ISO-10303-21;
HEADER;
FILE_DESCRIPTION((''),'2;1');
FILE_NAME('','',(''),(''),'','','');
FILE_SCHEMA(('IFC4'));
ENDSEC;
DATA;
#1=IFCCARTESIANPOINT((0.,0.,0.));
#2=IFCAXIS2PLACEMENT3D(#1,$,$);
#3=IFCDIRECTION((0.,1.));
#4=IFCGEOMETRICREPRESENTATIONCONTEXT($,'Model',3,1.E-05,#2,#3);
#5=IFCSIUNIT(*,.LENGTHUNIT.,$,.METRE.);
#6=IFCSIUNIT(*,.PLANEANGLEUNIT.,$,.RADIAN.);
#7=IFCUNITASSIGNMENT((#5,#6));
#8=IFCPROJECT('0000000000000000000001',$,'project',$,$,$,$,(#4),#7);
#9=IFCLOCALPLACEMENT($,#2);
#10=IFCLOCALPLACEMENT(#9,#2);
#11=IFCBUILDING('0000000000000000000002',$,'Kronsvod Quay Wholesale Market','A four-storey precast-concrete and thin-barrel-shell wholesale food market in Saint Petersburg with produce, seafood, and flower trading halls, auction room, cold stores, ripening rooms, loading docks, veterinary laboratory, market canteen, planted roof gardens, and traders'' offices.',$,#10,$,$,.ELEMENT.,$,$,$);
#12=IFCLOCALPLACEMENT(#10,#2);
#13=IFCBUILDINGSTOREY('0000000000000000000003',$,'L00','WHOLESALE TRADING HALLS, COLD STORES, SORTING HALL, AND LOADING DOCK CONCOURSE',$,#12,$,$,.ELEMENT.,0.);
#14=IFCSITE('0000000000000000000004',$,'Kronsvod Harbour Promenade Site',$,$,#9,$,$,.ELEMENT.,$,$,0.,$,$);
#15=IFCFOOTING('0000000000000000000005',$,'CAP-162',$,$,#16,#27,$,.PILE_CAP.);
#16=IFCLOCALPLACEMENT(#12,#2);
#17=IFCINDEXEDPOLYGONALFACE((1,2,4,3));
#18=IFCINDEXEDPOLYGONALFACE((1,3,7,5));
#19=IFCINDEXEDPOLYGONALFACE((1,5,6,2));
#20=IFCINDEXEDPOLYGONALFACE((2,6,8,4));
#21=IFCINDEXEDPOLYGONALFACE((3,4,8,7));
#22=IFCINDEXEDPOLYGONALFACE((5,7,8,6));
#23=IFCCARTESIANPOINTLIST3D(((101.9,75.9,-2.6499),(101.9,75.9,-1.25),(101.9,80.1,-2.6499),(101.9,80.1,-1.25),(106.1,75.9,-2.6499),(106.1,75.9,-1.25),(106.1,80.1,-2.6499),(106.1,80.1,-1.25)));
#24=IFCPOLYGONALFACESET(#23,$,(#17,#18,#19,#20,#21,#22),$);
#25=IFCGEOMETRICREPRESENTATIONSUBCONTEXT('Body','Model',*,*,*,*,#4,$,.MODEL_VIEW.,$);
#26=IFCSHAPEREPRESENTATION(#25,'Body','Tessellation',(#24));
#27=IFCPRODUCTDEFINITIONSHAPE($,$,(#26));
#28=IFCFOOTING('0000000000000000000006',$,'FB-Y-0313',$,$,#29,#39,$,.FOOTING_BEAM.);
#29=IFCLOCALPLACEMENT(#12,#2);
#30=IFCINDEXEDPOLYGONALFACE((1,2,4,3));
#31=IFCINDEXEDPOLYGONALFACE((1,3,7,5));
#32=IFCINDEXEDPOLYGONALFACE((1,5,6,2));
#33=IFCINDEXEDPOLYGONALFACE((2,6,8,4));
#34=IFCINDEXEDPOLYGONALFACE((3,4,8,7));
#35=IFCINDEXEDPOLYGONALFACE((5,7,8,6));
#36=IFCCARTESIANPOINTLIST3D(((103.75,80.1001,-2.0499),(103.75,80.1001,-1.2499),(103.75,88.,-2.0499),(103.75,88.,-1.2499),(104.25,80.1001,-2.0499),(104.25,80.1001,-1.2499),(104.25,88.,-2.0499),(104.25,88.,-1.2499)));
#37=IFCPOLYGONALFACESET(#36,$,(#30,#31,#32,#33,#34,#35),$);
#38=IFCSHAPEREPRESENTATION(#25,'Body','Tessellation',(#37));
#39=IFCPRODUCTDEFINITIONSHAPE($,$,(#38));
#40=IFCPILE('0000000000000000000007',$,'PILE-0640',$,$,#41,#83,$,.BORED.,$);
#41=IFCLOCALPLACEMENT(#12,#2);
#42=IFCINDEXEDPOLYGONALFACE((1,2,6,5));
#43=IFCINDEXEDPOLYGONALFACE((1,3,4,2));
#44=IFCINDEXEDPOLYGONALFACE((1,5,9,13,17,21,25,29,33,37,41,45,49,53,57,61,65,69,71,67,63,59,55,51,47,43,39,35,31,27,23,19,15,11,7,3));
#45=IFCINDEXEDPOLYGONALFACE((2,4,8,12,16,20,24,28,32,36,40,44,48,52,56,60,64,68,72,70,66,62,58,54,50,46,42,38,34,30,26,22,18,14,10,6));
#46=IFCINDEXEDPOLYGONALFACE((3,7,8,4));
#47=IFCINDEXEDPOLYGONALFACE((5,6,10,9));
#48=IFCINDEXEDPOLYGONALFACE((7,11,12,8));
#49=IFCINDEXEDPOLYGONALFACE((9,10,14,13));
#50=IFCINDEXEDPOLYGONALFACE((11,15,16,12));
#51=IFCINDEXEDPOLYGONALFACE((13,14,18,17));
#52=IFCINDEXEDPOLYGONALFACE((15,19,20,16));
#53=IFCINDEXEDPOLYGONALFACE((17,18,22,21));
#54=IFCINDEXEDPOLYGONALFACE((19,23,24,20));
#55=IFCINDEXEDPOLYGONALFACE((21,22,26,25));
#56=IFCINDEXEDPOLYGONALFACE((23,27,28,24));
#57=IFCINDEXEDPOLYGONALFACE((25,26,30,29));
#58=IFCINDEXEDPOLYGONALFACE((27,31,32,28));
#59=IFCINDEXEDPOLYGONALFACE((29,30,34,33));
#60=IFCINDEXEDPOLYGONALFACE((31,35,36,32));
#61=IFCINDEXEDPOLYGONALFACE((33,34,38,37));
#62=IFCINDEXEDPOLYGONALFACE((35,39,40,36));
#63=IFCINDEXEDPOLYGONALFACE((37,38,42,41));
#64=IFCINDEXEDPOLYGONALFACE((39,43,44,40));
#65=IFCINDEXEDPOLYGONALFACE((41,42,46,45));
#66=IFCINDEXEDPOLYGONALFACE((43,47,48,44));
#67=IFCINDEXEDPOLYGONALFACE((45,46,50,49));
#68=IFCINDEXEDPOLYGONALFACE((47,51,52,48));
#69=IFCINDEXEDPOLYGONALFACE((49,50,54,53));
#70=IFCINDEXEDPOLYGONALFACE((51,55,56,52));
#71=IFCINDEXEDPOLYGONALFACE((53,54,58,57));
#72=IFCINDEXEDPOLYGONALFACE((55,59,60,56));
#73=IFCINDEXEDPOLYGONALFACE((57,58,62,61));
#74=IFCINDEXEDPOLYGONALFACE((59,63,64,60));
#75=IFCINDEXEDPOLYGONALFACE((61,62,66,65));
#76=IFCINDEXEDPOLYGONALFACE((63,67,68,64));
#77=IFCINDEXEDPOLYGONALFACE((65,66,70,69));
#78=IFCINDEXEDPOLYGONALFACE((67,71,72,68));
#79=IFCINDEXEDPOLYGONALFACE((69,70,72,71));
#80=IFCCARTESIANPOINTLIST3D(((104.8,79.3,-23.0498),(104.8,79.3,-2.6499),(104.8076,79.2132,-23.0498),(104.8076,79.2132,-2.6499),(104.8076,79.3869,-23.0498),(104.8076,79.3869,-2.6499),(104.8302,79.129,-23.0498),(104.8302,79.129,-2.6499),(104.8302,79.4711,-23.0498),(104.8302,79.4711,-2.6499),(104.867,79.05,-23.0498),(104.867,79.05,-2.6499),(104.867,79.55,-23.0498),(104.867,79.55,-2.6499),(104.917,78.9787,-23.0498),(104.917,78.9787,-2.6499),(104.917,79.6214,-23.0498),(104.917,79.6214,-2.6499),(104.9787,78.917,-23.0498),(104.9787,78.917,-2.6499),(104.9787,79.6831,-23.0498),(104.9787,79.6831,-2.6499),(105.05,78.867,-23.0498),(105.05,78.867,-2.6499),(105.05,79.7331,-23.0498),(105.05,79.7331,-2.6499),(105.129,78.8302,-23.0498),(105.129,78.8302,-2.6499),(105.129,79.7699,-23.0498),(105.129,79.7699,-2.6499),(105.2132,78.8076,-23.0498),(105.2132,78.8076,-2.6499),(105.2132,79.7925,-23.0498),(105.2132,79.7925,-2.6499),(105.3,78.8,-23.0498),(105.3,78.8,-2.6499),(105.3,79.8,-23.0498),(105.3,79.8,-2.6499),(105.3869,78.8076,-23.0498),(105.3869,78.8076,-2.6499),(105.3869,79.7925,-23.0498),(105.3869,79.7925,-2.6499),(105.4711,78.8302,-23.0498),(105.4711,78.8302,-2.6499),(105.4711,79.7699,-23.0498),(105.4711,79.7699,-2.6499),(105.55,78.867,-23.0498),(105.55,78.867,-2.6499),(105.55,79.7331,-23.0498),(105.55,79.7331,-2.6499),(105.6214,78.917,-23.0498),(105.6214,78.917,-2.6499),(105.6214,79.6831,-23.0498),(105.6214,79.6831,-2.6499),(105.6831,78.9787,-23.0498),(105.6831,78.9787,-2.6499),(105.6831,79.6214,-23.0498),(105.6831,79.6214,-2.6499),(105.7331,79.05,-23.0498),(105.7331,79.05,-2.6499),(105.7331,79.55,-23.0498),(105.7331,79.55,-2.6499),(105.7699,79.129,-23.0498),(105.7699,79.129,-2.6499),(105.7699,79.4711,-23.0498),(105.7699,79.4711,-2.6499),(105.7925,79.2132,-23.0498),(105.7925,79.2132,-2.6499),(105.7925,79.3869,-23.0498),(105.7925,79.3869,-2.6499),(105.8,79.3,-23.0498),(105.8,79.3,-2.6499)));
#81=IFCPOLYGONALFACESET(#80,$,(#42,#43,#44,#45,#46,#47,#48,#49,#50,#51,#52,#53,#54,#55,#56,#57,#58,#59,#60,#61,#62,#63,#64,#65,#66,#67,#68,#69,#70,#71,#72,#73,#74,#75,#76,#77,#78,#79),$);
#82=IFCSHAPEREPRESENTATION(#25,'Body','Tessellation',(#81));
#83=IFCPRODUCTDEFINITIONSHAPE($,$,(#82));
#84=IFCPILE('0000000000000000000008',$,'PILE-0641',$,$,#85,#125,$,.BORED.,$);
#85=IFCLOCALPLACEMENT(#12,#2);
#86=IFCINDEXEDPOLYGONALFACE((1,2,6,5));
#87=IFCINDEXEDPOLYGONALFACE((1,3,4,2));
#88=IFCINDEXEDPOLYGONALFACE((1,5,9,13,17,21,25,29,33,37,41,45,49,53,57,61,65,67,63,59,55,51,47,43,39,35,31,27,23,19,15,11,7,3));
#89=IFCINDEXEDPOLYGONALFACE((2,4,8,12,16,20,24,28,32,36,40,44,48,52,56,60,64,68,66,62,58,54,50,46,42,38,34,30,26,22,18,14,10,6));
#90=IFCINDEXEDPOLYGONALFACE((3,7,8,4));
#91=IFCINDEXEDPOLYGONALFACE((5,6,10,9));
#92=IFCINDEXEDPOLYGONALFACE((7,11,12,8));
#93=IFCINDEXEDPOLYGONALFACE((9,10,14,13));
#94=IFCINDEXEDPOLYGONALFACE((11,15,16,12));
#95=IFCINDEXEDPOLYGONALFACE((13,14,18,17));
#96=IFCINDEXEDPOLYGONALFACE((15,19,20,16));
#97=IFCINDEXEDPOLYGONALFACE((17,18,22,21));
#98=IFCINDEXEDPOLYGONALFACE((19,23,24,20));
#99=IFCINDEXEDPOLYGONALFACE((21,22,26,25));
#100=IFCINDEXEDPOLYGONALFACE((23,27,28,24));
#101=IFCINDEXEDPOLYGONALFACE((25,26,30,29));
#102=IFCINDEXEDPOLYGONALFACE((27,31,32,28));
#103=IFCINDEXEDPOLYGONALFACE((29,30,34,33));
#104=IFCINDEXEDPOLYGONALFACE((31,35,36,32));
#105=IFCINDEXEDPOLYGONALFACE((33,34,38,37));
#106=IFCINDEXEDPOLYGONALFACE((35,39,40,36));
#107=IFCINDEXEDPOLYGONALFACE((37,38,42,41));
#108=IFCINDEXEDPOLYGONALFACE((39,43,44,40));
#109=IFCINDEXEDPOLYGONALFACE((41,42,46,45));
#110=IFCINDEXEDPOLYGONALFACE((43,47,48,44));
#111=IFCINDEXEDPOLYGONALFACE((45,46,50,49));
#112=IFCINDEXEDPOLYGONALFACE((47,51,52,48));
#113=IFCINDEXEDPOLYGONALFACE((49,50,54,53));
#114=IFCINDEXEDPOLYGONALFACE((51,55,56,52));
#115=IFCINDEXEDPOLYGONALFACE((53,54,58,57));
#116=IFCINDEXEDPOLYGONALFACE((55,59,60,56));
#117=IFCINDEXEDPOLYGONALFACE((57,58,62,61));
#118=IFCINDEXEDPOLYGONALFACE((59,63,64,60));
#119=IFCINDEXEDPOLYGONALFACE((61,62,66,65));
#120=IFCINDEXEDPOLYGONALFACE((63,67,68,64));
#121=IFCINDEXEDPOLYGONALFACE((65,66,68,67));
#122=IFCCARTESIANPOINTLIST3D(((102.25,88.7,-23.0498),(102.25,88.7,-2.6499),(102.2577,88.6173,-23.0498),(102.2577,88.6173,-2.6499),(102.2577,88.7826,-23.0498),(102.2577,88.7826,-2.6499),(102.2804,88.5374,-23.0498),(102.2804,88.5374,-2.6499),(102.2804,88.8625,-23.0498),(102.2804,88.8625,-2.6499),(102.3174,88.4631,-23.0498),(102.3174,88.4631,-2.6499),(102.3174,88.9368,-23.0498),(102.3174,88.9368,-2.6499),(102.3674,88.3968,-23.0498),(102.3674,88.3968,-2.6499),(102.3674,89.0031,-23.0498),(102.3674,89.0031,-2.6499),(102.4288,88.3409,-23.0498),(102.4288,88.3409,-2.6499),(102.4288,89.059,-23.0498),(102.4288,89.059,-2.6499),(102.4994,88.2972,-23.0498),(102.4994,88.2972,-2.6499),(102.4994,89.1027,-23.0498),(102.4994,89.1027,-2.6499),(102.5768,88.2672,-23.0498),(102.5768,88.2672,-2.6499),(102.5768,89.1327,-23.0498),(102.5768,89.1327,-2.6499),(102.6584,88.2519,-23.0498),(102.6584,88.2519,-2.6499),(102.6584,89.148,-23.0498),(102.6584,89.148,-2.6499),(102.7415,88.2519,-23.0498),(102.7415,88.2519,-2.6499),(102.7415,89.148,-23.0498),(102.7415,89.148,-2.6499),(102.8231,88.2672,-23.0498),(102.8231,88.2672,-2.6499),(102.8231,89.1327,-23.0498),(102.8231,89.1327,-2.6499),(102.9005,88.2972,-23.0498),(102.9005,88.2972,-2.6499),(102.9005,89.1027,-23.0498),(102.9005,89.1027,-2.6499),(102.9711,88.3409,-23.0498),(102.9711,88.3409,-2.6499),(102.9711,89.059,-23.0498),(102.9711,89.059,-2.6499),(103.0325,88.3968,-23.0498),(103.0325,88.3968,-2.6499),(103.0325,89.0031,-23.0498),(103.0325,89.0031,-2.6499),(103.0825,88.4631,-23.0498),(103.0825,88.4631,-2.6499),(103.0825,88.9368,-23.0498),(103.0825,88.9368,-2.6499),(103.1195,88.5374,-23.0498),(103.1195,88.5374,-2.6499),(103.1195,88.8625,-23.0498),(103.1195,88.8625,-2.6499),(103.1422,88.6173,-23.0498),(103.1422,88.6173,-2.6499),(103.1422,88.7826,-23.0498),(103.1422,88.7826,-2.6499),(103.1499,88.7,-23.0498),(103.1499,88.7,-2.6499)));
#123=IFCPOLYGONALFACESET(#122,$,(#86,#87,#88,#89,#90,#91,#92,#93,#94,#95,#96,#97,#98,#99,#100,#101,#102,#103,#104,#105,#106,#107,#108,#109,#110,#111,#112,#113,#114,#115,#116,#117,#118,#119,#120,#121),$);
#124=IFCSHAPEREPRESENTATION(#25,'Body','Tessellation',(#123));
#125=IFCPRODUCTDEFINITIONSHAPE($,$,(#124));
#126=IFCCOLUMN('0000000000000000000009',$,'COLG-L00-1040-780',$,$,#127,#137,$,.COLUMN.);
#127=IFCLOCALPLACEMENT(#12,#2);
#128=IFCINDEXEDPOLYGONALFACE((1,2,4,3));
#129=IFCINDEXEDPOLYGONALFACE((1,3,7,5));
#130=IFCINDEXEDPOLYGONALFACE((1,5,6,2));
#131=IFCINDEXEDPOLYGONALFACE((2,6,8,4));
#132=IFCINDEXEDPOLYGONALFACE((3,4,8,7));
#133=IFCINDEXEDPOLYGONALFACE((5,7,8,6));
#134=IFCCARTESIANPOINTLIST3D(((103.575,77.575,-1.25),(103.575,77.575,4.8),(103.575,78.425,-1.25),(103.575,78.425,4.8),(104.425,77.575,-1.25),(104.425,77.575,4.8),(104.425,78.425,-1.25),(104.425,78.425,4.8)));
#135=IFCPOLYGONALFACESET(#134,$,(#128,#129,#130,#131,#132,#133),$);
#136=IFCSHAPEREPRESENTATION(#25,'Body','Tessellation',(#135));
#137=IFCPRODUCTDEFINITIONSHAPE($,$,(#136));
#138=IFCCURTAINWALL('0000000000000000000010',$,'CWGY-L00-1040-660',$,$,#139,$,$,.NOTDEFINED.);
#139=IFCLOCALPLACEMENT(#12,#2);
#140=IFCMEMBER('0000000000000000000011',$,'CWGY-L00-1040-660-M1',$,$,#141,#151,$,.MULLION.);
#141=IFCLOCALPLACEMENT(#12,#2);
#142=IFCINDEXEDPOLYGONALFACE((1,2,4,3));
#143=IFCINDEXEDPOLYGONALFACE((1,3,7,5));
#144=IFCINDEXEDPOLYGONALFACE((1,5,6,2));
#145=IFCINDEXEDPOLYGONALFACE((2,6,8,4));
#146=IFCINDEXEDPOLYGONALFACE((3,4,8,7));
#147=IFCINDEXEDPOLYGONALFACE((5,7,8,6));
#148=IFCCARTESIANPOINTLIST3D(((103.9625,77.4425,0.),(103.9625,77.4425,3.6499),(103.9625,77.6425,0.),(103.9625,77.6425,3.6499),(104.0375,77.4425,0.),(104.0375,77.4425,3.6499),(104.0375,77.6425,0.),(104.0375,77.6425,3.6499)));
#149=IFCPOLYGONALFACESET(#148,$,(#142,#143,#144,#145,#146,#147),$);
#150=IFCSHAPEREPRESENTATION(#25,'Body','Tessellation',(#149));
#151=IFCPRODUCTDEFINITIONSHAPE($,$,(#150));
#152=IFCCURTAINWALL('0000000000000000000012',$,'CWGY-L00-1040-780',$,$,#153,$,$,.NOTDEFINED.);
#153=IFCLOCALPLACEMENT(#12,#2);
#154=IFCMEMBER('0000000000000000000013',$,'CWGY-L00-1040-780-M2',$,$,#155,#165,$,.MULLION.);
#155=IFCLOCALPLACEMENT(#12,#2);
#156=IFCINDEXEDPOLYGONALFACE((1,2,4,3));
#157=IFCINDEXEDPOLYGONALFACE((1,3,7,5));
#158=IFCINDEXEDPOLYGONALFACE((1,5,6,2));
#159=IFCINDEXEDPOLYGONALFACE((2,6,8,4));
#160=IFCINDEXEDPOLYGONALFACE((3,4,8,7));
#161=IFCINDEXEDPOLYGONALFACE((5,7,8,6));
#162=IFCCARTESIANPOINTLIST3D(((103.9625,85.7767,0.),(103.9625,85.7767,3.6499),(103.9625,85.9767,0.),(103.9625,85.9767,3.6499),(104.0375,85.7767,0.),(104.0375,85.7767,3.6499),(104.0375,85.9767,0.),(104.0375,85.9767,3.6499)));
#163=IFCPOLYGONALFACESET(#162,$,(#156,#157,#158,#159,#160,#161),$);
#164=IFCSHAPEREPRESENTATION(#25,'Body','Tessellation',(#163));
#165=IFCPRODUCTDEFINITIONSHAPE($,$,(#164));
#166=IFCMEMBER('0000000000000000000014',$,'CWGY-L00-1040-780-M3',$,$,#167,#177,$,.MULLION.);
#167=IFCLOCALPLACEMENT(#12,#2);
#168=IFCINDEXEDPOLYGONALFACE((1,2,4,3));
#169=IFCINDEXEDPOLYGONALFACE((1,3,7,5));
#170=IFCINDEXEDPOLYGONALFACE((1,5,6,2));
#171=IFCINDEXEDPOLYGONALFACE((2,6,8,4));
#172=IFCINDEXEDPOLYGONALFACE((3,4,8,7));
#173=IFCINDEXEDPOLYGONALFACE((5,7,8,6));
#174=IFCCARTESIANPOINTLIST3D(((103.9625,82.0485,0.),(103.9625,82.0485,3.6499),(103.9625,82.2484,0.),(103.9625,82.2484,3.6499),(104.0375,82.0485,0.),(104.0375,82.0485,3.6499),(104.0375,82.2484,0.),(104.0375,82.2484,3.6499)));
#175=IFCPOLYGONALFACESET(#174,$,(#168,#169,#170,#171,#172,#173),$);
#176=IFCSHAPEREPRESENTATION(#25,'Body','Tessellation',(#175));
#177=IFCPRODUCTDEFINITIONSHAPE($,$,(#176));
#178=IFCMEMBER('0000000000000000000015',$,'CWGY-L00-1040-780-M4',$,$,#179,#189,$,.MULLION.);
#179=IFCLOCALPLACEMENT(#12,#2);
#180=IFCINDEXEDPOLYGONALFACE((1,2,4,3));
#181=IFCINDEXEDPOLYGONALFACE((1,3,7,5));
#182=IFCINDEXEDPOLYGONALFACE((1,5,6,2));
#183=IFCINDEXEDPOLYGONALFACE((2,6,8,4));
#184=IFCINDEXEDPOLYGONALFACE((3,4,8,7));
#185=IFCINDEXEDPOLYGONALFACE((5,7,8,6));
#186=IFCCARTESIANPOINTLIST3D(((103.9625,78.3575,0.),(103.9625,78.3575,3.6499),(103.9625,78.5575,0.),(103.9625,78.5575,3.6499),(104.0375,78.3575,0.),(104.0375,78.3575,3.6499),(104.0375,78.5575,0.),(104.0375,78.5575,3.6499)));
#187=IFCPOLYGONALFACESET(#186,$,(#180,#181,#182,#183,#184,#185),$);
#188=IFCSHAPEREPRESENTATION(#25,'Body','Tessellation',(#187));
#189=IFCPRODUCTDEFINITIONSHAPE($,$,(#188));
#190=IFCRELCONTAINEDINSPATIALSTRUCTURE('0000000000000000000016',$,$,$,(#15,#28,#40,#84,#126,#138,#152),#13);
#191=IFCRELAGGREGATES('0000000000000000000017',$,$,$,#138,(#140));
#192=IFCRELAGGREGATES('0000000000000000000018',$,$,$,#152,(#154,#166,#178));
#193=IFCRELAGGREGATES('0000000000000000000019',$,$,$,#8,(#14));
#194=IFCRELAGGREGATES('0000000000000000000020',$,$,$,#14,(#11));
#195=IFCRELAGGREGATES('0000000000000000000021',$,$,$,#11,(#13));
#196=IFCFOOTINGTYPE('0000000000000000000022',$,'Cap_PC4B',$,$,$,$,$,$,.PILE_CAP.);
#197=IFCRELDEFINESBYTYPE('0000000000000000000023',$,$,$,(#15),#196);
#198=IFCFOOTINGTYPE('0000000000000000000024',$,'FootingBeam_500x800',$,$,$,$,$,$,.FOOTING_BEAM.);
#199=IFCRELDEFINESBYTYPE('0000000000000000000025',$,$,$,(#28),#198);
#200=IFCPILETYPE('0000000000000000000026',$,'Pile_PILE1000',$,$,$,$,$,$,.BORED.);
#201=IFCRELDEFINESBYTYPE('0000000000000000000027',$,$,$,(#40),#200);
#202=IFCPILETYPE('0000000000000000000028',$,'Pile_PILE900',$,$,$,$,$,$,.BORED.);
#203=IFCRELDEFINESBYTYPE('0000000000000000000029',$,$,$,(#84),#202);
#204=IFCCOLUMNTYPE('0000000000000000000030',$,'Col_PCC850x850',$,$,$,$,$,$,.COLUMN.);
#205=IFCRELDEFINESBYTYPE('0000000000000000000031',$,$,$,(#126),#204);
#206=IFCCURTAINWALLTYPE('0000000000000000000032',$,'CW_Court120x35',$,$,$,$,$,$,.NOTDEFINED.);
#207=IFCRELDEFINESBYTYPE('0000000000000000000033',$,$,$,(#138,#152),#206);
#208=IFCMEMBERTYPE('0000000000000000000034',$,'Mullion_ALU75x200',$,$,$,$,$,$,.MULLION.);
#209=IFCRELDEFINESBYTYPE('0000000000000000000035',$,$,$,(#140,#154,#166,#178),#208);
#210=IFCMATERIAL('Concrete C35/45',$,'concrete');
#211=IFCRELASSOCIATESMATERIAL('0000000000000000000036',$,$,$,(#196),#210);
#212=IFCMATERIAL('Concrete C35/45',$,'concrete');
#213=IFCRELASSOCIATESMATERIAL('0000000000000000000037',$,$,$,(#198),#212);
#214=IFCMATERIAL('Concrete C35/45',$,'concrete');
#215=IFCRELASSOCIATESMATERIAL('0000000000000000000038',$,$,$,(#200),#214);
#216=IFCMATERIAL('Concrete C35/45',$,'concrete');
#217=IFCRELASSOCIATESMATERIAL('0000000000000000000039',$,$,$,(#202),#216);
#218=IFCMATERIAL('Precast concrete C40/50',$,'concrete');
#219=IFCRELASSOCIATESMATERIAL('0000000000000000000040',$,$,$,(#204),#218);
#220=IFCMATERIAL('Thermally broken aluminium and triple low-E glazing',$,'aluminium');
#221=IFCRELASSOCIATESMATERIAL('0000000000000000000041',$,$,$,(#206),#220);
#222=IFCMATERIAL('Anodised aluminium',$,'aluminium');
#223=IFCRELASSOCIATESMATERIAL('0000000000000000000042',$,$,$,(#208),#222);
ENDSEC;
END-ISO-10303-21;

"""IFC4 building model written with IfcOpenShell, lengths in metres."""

from ifc_helpers import new_model, si_unit, direction, frame, origin, origin_2d, place, context, subcontext, project, spatial, rectangle, circle, extrude, material, material_profile, profile_set, type_object, element, aggregate, save


model = new_model("IFC4")

# Units and contexts
model_context = context("Model", 3, precision=1e-05, world=origin(), true_north=direction((0.0, 1.0)))
body_context = subcontext(model_context, "Body", "Model", "MODEL_VIEW")
ifc_project = project(units=[si_unit("LENGTHUNIT", "METRE"), si_unit("PLANEANGLEUNIT", "RADIAN")], contexts=[model_context])

# Site, building, storey
site_placement = place(None, origin())
site = spatial("IfcSite", under=ifc_project, at=site_placement, Name="Kronsvod Harbour Promenade Site", CompositionType="ELEMENT", RefElevation=0.0)
building_placement = place(site_placement, origin())
building = spatial("IfcBuilding", under=site, at=building_placement, Name="Kronsvod Quay Wholesale Market", Description="A four-storey precast-concrete and thin-barrel-shell wholesale food market in Saint Petersburg with produce, seafood, and flower trading halls, auction room, cold stores, ripening rooms, loading docks, veterinary laboratory, market canteen, planted roof gardens, and traders' offices.", CompositionType="ELEMENT")
storey_placement = place(building_placement, origin())
storey = spatial("IfcBuildingStorey", under=building, at=storey_placement, Name="L00", Description="WHOLESALE TRADING HALLS, COLD STORES, SORTING HALL, AND LOADING DOCK CONCOURSE", CompositionType="ELEMENT", Elevation=0.0)

# Footings
ifc_material_1 = material(Name="Concrete C35/45", Category="concrete")
footing_type_1 = type_object("IfcFootingType", Name="Cap_PC4B", PredefinedType="PILE_CAP", material=ifc_material_1)
footing_1_placement = place(storey_placement, frame((104.0, 78.0, -2.6499), z_axis=(0.0, 0.0, 1.0), x_axis=(1.0, 0.0, 0.0)))
element("IfcFooting", 1, at=footing_1_placement, inside=storey, type_object=footing_type_1, Name="CAP-162", PredefinedType="PILE_CAP", context=body_context, shape_type="SweptSolid", body=[
    extrude(rectangle(XDim=4.2, YDim=4.2, at=origin_2d()), origin(), (0.0, 0.0, 1.0), 1.3999),
])
ifc_material_2 = material(Name="Concrete C35/45", Category="concrete")
ifc_material_profile_1 = material_profile(ifc_material_2, rectangle(XDim=0.5, YDim=0.8, at=origin_2d()), Name="FB-01")
ifc_profile_set_1 = profile_set([ifc_material_profile_1], Name="Concrete C35/45")
footing_type_2 = type_object("IfcFootingType", Name="FootingBeam_500x800", PredefinedType="FOOTING_BEAM", material=ifc_profile_set_1)
footing_2_placement = place(storey_placement, frame((104.0, 80.1001, -1.6499), z_axis=(0.0, 1.0, 0.0), x_axis=(-1.0, 0.0, 0.0)))
element("IfcFooting", 2, at=footing_2_placement, inside=storey, type_object=footing_type_2, Name="FB-Y-0313", PredefinedType="FOOTING_BEAM", context=body_context, shape_type="SweptSolid", body=[
    extrude(rectangle(XDim=0.5, YDim=0.8, at=origin_2d()), origin(), (0.0, 0.0, 1.0), 7.8999),
])

# Piles
ifc_material_3 = material(Name="Concrete C35/45", Category="concrete")
ifc_material_profile_2 = material_profile(ifc_material_3, circle(Radius=0.5, at=origin_2d()), Name="PILE1000")
ifc_profile_set_2 = profile_set([ifc_material_profile_2], Name="Concrete C35/45")
pile_type_1 = type_object("IfcPileType", Name="Pile_PILE1000", PredefinedType="BORED", material=ifc_profile_set_2)
pile_1_placement = place(storey_placement, frame((105.3, 79.3, -2.6499), z_axis=(0.0, 0.0, -1.0), x_axis=(1.0, 0.0, 0.0)))
element("IfcPile", 3, at=pile_1_placement, inside=storey, type_object=pile_type_1, Name="PILE-0640", PredefinedType="BORED", context=body_context, shape_type="SweptSolid", body=[
    extrude(circle(Radius=0.5, at=origin_2d()), origin(), (0.0, 0.0, 1.0), 20.3999),
])
ifc_material_4 = material(Name="Concrete C35/45", Category="concrete")
ifc_material_profile_3 = material_profile(ifc_material_4, circle(Radius=0.45, at=origin_2d()), Name="PILE900")
ifc_profile_set_3 = profile_set([ifc_material_profile_3], Name="Concrete C35/45")
pile_type_2 = type_object("IfcPileType", Name="Pile_PILE900", PredefinedType="BORED", material=ifc_profile_set_3)
pile_2_placement = place(storey_placement, frame((102.7, 88.7, -2.6499), z_axis=(0.0, 0.0, -1.0), x_axis=(1.0, 0.0, 0.0)))
element("IfcPile", 4, at=pile_2_placement, inside=storey, type_object=pile_type_2, Name="PILE-0641", PredefinedType="BORED", context=body_context, shape_type="SweptSolid", body=[
    extrude(circle(Radius=0.45, at=origin_2d()), origin(), (0.0, 0.0, 1.0), 20.3999),
])

# Column
ifc_material_5 = material(Name="Precast concrete C40/50", Category="concrete")
ifc_material_profile_4 = material_profile(ifc_material_5, rectangle(XDim=0.8501, YDim=0.8501, at=origin_2d()), Name="COL-06")
ifc_profile_set_4 = profile_set([ifc_material_profile_4], Name="Precast concrete C40/50")
column_type = type_object("IfcColumnType", Name="Col_PCC850x850", PredefinedType="COLUMN", material=ifc_profile_set_4)
column_placement = place(storey_placement, frame((104.0, 78.0, -1.25), z_axis=(0.0, 0.0, 1.0), x_axis=(1.0, 0.0, 0.0)))
element("IfcColumn", 5, at=column_placement, inside=storey, type_object=column_type, Name="COLG-L00-1040-780", PredefinedType="COLUMN", context=body_context, shape_type="SweptSolid", body=[
    extrude(rectangle(XDim=0.8501, YDim=0.8501, at=origin_2d()), origin(), (0.0, 0.0, 1.0), 6.05),
])

# Curtain wall, member
ifc_material_6 = material(Name="Thermally broken aluminium and triple low-E glazing", Category="aluminium")
curtain_wall_type = type_object("IfcCurtainWallType", Name="CW_Court120x35", PredefinedType="NOTDEFINED", material=ifc_material_6)
curtain_wall_1_placement = place(storey_placement, origin())
curtain_wall_1 = element("IfcCurtainWall", 6, at=curtain_wall_1_placement, inside=storey, type_object=curtain_wall_type, Name="CWGY-L00-1040-660", PredefinedType="NOTDEFINED")
ifc_material_7 = material(Name="Anodised aluminium", Category="aluminium")
ifc_material_profile_5 = material_profile(ifc_material_7, rectangle(XDim=0.075, YDim=0.2, at=origin_2d()), Name="ALUM75x200")
ifc_profile_set_5 = profile_set([ifc_material_profile_5], Name="Anodised aluminium")
member_type_1 = type_object("IfcMemberType", Name="Mullion_ALU75x200", PredefinedType="MULLION", material=ifc_profile_set_5)
member_1_placement = place(storey_placement, frame((104.0, 77.5425, 0.0), z_axis=(0.0, 0.0, 1.0), x_axis=(1.0, 0.0, 0.0)))
member_1 = element("IfcMember", 7, at=member_1_placement, type_object=member_type_1, Name="CWGY-L00-1040-660-M1", PredefinedType="MULLION", context=body_context, shape_type="SweptSolid", body=[
    extrude(rectangle(XDim=0.075, YDim=0.2, at=origin_2d()), origin(), (0.0, 0.0, 1.0), 3.6499),
])

# Curtain wall, members
curtain_wall_2_placement = place(storey_placement, origin())
curtain_wall_2 = element("IfcCurtainWall", 8, at=curtain_wall_2_placement, inside=storey, type_object=curtain_wall_type, Name="CWGY-L00-1040-780", PredefinedType="NOTDEFINED")
member_2_placement = place(storey_placement, frame((104.0, 85.8767, 0.0), z_axis=(0.0, 0.0, 1.0), x_axis=(1.0, 0.0, 0.0)))
member_2 = element("IfcMember", 9, at=member_2_placement, type_object=member_type_1, Name="CWGY-L00-1040-780-M2", PredefinedType="MULLION", context=body_context, shape_type="SweptSolid", body=[
    extrude(rectangle(XDim=0.075, YDim=0.2, at=origin_2d()), origin(), (0.0, 0.0, 1.0), 3.6499),
])
member_3_placement = place(storey_placement, frame((104.0, 82.1484, 0.0), z_axis=(0.0, 0.0, 1.0), x_axis=(1.0, 0.0, 0.0)))
member_3 = element("IfcMember", 10, at=member_3_placement, type_object=member_type_1, Name="CWGY-L00-1040-780-M3", PredefinedType="MULLION", context=body_context, shape_type="SweptSolid", body=[
    extrude(rectangle(XDim=0.075, YDim=0.2, at=origin_2d()), origin(), (0.0, 0.0, 1.0), 3.6499),
])
member_4_placement = place(storey_placement, frame((104.0, 78.4575, 0.0), z_axis=(0.0, 0.0, 1.0), x_axis=(1.0, 0.0, 0.0)))
member_4 = element("IfcMember", 11, at=member_4_placement, type_object=member_type_1, Name="CWGY-L00-1040-780-M4", PredefinedType="MULLION", context=body_context, shape_type="SweptSolid", body=[
    extrude(rectangle(XDim=0.075, YDim=0.2, at=origin_2d()), origin(), (0.0, 0.0, 1.0), 3.6499),
])

aggregate(curtain_wall_1, [member_1])

aggregate(curtain_wall_2, [member_2, member_3, member_4])

save(model, "model.ifc")
